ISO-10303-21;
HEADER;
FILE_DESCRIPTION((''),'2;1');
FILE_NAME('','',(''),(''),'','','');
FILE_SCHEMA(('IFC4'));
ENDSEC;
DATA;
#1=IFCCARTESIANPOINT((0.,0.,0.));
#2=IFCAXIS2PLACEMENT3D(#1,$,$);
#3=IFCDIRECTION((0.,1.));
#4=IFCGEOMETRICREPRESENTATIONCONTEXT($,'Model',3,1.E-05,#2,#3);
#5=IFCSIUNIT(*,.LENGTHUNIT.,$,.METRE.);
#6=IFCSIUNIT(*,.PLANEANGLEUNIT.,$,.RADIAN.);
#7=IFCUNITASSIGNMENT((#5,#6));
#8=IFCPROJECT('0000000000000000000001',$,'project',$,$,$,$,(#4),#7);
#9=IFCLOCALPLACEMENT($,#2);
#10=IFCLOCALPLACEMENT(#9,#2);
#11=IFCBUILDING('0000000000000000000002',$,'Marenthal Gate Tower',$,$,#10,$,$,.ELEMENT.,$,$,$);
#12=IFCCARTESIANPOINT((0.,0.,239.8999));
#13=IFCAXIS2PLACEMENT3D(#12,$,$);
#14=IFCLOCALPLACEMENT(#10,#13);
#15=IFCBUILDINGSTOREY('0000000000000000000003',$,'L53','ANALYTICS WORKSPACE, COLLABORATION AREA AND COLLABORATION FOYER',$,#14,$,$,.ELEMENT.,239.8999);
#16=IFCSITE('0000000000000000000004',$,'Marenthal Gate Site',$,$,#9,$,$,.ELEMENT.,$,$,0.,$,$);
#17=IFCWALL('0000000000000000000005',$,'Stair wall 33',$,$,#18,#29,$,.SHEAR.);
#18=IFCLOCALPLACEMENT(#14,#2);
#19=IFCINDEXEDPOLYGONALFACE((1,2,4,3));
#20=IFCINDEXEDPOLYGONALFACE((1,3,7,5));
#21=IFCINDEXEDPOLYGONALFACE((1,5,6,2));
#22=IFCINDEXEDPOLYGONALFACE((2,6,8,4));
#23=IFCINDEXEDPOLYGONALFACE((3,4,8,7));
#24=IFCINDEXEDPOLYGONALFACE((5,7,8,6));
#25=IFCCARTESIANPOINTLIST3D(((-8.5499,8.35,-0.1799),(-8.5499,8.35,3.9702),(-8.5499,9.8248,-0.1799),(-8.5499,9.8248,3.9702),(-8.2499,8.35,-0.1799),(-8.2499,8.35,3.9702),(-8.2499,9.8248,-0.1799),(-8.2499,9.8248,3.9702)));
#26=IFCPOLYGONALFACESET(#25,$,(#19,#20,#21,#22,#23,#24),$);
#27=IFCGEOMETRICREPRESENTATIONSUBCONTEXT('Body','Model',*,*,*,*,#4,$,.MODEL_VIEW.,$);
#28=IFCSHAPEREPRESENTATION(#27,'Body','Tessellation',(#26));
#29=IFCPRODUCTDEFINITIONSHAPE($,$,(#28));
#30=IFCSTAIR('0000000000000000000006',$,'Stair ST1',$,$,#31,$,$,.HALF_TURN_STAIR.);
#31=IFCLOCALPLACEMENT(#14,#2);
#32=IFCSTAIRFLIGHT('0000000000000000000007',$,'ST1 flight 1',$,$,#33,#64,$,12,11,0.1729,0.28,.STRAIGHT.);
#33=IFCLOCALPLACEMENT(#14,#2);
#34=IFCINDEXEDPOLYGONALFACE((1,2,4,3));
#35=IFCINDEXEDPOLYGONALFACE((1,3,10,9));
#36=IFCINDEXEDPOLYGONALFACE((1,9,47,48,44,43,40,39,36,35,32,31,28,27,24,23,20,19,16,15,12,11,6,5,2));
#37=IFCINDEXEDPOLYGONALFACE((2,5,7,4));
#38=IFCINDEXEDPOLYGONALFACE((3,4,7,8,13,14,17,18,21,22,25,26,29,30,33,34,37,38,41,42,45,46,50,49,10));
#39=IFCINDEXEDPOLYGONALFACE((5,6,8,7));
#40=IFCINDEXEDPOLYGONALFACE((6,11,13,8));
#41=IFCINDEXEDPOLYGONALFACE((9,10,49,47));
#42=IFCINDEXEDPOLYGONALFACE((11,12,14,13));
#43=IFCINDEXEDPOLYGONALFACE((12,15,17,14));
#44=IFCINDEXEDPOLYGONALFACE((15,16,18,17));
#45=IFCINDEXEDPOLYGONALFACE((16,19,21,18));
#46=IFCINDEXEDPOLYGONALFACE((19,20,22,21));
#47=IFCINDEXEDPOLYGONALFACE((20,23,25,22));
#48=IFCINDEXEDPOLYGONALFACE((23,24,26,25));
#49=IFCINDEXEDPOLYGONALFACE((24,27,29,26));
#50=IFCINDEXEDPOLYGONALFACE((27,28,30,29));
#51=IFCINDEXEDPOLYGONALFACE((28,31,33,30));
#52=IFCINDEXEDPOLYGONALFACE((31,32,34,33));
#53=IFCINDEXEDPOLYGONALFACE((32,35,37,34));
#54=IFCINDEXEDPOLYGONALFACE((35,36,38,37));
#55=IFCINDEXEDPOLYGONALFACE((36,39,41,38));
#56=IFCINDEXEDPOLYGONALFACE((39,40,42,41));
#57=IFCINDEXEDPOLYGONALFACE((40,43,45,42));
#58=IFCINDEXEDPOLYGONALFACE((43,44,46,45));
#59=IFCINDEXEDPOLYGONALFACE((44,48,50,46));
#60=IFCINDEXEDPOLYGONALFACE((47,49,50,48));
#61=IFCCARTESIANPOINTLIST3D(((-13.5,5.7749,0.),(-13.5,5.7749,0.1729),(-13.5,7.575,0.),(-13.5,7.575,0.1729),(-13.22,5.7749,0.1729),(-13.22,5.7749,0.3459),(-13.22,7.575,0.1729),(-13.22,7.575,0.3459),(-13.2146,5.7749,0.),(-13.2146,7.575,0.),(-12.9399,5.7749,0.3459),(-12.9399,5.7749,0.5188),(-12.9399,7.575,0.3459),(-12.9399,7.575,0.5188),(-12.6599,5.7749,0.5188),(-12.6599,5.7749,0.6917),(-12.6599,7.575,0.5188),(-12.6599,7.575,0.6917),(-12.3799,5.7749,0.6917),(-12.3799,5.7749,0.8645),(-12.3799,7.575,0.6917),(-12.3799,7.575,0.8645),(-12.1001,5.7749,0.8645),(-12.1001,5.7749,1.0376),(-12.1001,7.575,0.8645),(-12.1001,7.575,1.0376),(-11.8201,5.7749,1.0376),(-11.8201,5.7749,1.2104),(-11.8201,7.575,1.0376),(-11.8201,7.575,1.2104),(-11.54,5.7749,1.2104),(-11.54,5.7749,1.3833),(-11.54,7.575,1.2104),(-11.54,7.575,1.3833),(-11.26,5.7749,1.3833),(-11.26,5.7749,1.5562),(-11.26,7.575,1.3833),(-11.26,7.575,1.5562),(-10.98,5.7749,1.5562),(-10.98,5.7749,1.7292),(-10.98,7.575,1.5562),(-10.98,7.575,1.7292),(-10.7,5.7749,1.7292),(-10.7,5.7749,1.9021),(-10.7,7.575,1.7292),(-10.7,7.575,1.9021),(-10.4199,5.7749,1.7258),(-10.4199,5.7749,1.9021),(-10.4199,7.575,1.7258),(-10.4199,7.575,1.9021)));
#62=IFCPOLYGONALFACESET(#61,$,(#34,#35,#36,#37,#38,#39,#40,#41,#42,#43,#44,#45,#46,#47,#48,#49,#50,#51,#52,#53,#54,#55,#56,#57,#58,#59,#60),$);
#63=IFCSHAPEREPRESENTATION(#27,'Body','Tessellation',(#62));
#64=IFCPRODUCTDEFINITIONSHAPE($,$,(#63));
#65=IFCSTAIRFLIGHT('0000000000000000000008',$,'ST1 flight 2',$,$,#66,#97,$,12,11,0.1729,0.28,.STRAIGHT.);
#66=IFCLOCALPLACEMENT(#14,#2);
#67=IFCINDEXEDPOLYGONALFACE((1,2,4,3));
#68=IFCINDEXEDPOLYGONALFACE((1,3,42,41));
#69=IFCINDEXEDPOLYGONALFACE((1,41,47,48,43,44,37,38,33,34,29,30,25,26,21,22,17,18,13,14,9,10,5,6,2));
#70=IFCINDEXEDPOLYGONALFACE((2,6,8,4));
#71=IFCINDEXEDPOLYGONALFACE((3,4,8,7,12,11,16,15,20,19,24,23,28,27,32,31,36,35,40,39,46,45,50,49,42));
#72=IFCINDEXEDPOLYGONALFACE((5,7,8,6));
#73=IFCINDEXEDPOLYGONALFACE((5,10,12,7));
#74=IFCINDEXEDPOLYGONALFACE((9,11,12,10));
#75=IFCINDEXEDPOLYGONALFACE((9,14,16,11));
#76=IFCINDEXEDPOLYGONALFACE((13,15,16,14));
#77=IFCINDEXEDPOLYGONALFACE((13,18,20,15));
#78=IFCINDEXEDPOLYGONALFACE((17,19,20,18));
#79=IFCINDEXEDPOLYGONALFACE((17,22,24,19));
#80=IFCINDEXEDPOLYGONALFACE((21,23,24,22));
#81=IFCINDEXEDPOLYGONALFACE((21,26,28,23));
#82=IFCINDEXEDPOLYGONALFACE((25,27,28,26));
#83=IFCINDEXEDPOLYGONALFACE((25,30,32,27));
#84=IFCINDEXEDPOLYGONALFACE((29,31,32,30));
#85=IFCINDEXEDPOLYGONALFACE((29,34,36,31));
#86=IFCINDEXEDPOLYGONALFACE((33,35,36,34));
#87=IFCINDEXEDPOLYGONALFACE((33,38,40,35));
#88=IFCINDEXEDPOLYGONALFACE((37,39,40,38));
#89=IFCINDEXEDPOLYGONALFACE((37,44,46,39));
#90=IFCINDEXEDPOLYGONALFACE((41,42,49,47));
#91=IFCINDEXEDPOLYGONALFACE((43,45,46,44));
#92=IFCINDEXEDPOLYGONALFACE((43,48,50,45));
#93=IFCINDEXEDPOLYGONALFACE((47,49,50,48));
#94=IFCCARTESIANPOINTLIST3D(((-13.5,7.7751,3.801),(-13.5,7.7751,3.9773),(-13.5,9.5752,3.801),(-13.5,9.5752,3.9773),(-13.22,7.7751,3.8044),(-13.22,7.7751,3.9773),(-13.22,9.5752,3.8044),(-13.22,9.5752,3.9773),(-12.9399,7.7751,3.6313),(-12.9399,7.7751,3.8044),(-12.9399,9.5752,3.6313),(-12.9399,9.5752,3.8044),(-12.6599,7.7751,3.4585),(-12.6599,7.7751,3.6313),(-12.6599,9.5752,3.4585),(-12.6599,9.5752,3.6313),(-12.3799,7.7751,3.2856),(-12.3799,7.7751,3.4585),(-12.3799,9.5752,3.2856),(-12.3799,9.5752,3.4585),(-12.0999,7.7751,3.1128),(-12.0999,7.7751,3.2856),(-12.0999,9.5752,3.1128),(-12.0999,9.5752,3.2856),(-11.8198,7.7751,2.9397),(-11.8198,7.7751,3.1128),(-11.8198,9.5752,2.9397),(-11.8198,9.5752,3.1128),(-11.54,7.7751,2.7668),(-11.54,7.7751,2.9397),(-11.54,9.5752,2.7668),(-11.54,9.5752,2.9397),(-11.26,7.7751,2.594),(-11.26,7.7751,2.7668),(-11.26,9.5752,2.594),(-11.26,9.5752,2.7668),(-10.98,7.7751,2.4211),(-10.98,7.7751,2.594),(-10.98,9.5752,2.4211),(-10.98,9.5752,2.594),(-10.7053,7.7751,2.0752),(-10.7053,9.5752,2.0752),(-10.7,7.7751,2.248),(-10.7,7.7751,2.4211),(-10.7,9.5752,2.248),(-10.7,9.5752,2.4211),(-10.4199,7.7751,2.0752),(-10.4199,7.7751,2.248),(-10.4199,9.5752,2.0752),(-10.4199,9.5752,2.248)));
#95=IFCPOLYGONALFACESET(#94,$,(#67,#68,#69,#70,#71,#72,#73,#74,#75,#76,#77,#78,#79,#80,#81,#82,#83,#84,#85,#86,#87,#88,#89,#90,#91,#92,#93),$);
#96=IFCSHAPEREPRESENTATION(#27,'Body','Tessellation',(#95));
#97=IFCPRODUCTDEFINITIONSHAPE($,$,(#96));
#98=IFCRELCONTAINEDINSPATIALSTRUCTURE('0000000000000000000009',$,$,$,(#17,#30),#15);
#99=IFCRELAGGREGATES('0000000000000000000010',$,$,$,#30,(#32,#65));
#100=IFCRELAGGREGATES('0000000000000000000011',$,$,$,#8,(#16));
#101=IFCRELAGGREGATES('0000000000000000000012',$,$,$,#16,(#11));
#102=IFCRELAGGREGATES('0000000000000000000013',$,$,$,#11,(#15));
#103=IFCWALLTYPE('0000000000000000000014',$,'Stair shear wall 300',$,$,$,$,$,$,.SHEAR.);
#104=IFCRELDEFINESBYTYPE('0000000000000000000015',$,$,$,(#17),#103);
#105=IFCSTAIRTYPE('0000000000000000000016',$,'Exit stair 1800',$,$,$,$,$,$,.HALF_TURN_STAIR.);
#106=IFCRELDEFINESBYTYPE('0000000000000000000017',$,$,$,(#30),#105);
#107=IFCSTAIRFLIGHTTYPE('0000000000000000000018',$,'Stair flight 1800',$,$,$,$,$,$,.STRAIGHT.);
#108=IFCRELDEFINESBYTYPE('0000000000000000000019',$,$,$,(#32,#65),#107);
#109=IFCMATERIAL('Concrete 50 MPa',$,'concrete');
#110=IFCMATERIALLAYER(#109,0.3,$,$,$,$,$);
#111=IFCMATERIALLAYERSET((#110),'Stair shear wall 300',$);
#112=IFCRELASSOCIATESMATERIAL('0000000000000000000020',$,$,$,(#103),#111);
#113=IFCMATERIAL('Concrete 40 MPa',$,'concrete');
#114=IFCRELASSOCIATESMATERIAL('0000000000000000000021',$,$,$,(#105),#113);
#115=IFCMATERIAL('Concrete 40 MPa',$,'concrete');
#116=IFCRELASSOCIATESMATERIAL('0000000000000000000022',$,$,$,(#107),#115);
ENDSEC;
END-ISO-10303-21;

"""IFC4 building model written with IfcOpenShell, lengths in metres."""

from ifc_helpers import new_model, si_unit, direction, frame, frame_2d, origin, place, context, subcontext, project, spatial, polyline, rectangle, outline, extrude, material, layer, layer_set, type_object, element, aggregate, save


model = new_model("IFC4")

# Units and contexts
model_context = context("Model", 3, precision=1e-05, world=origin(), true_north=direction((0.0, 1.0)))
body_context = subcontext(model_context, "Body", "Model", "MODEL_VIEW")
ifc_project = project(units=[si_unit("LENGTHUNIT", "METRE"), si_unit("PLANEANGLEUNIT", "RADIAN")], contexts=[model_context])

# Site, building, storey
site_placement = place(None, origin())
site = spatial("IfcSite", under=ifc_project, at=site_placement, Name="Marenthal Gate Site", CompositionType="ELEMENT", RefElevation=0.0)
building_placement = place(site_placement, origin())
building = spatial("IfcBuilding", under=site, at=building_placement, Name="Marenthal Gate Tower", CompositionType="ELEMENT")
storey_placement = place(building_placement, frame((0.0, 0.0, 239.8999)))
storey = spatial("IfcBuildingStorey", under=building, at=storey_placement, Name="L53", Description="ANALYTICS WORKSPACE, COLLABORATION AREA AND COLLABORATION FOYER", CompositionType="ELEMENT", Elevation=239.8999)

# Wall
ifc_material_1 = material(Name="Concrete 50 MPa", Category="concrete")
ifc_layer_1 = layer(ifc_material_1, 0.3)
ifc_layer_set_1 = layer_set([ifc_layer_1], Name="Stair shear wall 300")
wall_type_1 = type_object("IfcWallType", Name="Stair shear wall 300", PredefinedType="SHEAR", material=ifc_layer_set_1)
wall_1_placement = place(storey_placement, frame((-8.3999, 8.3501, -0.1799), z_axis=(0.0, 0.0, 1.0), x_axis=(0.0, 1.0, 0.0)))
element("IfcWall", 1, at=wall_1_placement, inside=storey, type_object=wall_type_1, Name="Stair wall 33", PredefinedType="SHEAR", context=body_context, shape_type="SweptSolid", body=[
    extrude(rectangle(XDim=1.4749, YDim=0.3, at=frame_2d((0.7373, 0.0))), origin(), (0.0, 0.0, 1.0), 4.1501),
])

# Stair, stair flights
ifc_material_2 = material(Name="Concrete 40 MPa", Category="concrete")
stair_type = type_object("IfcStairType", Name="Exit stair 1800", PredefinedType="HALF_TURN_STAIR", material=ifc_material_2)
stair_placement = place(storey_placement, origin())
stair = element("IfcStair", 2, at=stair_placement, inside=storey, type_object=stair_type, Name="Stair ST1", PredefinedType="HALF_TURN_STAIR")
ifc_material_3 = material(Name="Concrete 40 MPa", Category="concrete")
stair_flight_type = type_object("IfcStairFlightType", Name="Stair flight 1800", PredefinedType="STRAIGHT", material=ifc_material_3)
stair_flight_1_placement = place(storey_placement, frame((-13.5, 6.675, 0.0), z_axis=(0.0, 0.0, 1.0), x_axis=(1.0, 0.0, 0.0)))
stair_flight_1 = element("IfcStairFlight", 3, at=stair_flight_1_placement, type_object=stair_flight_type, Name="ST1 flight 1", NumberOfRisers=12, NumberOfTreads=11, PredefinedType="STRAIGHT", RiserHeight=0.1729, TreadLength=0.28, context=body_context, shape_type="SweptSolid", body=[
    extrude(outline(polyline([(0.0, 0.0), (0.0, 0.1729), (0.28, 0.1729), (0.28, 0.3459), (0.5601, 0.3459), (0.5601, 0.5188), (0.8401, 0.5188), (0.8401, 0.6917), (1.1201, 0.6917), (1.1201, 0.8645), (1.3999, 0.8645), (1.3999, 1.0376), (1.6799, 1.0376), (1.6799, 1.2104), (1.96, 1.2104), (1.96, 1.3833), (2.24, 1.3833), (2.24, 1.5562), (2.52, 1.5562), (2.52, 1.7292), (2.8, 1.7292), (2.8, 1.9021), (3.0801, 1.9021), (3.0801, 2.075), (3.0801, 1.7258), (0.2854, 0.0), (0.0, 0.0)])), frame((0.0, 0.8999, 0.0), z_axis=(0.0, -1.0, 0.0), x_axis=(1.0, 0.0, 0.0)), (0.0, 0.0, 1.0), 1.8),
])
stair_flight_2_placement = place(storey_placement, frame((-10.4199, 8.675, 2.0752), z_axis=(0.0, 0.0, 1.0), x_axis=(-1.0, 0.0, 0.0)))
stair_flight_2 = element("IfcStairFlight", 4, at=stair_flight_2_placement, type_object=stair_flight_type, Name="ST1 flight 2", NumberOfRisers=12, NumberOfTreads=11, PredefinedType="STRAIGHT", RiserHeight=0.1729, TreadLength=0.28, context=body_context, shape_type="SweptSolid", body=[
    extrude(outline(polyline([(0.0, 0.0), (0.0, 0.1729), (0.28, 0.1729), (0.28, 0.3459), (0.5601, 0.3459), (0.5601, 0.5188), (0.8401, 0.5188), (0.8401, 0.6917), (1.1201, 0.6917), (1.1201, 0.8645), (1.3999, 0.8645), (1.3999, 1.0376), (1.6799, 1.0376), (1.6799, 1.2104), (1.96, 1.2104), (1.96, 1.3833), (2.24, 1.3833), (2.24, 1.5562), (2.52, 1.5562), (2.52, 1.7292), (2.8, 1.7292), (2.8, 1.9021), (3.0801, 1.9021), (3.0801, 2.075), (3.0801, 1.7258), (0.2854, 0.0), (0.0, 0.0)])), frame((0.0, 0.8999, 0.0), z_axis=(0.0, -1.0, 0.0), x_axis=(1.0, 0.0, 0.0)), (0.0, 0.0, 1.0), 1.8),
])
aggregate(stair, [stair_flight_1, stair_flight_2])

save(model, "model.ifc")
